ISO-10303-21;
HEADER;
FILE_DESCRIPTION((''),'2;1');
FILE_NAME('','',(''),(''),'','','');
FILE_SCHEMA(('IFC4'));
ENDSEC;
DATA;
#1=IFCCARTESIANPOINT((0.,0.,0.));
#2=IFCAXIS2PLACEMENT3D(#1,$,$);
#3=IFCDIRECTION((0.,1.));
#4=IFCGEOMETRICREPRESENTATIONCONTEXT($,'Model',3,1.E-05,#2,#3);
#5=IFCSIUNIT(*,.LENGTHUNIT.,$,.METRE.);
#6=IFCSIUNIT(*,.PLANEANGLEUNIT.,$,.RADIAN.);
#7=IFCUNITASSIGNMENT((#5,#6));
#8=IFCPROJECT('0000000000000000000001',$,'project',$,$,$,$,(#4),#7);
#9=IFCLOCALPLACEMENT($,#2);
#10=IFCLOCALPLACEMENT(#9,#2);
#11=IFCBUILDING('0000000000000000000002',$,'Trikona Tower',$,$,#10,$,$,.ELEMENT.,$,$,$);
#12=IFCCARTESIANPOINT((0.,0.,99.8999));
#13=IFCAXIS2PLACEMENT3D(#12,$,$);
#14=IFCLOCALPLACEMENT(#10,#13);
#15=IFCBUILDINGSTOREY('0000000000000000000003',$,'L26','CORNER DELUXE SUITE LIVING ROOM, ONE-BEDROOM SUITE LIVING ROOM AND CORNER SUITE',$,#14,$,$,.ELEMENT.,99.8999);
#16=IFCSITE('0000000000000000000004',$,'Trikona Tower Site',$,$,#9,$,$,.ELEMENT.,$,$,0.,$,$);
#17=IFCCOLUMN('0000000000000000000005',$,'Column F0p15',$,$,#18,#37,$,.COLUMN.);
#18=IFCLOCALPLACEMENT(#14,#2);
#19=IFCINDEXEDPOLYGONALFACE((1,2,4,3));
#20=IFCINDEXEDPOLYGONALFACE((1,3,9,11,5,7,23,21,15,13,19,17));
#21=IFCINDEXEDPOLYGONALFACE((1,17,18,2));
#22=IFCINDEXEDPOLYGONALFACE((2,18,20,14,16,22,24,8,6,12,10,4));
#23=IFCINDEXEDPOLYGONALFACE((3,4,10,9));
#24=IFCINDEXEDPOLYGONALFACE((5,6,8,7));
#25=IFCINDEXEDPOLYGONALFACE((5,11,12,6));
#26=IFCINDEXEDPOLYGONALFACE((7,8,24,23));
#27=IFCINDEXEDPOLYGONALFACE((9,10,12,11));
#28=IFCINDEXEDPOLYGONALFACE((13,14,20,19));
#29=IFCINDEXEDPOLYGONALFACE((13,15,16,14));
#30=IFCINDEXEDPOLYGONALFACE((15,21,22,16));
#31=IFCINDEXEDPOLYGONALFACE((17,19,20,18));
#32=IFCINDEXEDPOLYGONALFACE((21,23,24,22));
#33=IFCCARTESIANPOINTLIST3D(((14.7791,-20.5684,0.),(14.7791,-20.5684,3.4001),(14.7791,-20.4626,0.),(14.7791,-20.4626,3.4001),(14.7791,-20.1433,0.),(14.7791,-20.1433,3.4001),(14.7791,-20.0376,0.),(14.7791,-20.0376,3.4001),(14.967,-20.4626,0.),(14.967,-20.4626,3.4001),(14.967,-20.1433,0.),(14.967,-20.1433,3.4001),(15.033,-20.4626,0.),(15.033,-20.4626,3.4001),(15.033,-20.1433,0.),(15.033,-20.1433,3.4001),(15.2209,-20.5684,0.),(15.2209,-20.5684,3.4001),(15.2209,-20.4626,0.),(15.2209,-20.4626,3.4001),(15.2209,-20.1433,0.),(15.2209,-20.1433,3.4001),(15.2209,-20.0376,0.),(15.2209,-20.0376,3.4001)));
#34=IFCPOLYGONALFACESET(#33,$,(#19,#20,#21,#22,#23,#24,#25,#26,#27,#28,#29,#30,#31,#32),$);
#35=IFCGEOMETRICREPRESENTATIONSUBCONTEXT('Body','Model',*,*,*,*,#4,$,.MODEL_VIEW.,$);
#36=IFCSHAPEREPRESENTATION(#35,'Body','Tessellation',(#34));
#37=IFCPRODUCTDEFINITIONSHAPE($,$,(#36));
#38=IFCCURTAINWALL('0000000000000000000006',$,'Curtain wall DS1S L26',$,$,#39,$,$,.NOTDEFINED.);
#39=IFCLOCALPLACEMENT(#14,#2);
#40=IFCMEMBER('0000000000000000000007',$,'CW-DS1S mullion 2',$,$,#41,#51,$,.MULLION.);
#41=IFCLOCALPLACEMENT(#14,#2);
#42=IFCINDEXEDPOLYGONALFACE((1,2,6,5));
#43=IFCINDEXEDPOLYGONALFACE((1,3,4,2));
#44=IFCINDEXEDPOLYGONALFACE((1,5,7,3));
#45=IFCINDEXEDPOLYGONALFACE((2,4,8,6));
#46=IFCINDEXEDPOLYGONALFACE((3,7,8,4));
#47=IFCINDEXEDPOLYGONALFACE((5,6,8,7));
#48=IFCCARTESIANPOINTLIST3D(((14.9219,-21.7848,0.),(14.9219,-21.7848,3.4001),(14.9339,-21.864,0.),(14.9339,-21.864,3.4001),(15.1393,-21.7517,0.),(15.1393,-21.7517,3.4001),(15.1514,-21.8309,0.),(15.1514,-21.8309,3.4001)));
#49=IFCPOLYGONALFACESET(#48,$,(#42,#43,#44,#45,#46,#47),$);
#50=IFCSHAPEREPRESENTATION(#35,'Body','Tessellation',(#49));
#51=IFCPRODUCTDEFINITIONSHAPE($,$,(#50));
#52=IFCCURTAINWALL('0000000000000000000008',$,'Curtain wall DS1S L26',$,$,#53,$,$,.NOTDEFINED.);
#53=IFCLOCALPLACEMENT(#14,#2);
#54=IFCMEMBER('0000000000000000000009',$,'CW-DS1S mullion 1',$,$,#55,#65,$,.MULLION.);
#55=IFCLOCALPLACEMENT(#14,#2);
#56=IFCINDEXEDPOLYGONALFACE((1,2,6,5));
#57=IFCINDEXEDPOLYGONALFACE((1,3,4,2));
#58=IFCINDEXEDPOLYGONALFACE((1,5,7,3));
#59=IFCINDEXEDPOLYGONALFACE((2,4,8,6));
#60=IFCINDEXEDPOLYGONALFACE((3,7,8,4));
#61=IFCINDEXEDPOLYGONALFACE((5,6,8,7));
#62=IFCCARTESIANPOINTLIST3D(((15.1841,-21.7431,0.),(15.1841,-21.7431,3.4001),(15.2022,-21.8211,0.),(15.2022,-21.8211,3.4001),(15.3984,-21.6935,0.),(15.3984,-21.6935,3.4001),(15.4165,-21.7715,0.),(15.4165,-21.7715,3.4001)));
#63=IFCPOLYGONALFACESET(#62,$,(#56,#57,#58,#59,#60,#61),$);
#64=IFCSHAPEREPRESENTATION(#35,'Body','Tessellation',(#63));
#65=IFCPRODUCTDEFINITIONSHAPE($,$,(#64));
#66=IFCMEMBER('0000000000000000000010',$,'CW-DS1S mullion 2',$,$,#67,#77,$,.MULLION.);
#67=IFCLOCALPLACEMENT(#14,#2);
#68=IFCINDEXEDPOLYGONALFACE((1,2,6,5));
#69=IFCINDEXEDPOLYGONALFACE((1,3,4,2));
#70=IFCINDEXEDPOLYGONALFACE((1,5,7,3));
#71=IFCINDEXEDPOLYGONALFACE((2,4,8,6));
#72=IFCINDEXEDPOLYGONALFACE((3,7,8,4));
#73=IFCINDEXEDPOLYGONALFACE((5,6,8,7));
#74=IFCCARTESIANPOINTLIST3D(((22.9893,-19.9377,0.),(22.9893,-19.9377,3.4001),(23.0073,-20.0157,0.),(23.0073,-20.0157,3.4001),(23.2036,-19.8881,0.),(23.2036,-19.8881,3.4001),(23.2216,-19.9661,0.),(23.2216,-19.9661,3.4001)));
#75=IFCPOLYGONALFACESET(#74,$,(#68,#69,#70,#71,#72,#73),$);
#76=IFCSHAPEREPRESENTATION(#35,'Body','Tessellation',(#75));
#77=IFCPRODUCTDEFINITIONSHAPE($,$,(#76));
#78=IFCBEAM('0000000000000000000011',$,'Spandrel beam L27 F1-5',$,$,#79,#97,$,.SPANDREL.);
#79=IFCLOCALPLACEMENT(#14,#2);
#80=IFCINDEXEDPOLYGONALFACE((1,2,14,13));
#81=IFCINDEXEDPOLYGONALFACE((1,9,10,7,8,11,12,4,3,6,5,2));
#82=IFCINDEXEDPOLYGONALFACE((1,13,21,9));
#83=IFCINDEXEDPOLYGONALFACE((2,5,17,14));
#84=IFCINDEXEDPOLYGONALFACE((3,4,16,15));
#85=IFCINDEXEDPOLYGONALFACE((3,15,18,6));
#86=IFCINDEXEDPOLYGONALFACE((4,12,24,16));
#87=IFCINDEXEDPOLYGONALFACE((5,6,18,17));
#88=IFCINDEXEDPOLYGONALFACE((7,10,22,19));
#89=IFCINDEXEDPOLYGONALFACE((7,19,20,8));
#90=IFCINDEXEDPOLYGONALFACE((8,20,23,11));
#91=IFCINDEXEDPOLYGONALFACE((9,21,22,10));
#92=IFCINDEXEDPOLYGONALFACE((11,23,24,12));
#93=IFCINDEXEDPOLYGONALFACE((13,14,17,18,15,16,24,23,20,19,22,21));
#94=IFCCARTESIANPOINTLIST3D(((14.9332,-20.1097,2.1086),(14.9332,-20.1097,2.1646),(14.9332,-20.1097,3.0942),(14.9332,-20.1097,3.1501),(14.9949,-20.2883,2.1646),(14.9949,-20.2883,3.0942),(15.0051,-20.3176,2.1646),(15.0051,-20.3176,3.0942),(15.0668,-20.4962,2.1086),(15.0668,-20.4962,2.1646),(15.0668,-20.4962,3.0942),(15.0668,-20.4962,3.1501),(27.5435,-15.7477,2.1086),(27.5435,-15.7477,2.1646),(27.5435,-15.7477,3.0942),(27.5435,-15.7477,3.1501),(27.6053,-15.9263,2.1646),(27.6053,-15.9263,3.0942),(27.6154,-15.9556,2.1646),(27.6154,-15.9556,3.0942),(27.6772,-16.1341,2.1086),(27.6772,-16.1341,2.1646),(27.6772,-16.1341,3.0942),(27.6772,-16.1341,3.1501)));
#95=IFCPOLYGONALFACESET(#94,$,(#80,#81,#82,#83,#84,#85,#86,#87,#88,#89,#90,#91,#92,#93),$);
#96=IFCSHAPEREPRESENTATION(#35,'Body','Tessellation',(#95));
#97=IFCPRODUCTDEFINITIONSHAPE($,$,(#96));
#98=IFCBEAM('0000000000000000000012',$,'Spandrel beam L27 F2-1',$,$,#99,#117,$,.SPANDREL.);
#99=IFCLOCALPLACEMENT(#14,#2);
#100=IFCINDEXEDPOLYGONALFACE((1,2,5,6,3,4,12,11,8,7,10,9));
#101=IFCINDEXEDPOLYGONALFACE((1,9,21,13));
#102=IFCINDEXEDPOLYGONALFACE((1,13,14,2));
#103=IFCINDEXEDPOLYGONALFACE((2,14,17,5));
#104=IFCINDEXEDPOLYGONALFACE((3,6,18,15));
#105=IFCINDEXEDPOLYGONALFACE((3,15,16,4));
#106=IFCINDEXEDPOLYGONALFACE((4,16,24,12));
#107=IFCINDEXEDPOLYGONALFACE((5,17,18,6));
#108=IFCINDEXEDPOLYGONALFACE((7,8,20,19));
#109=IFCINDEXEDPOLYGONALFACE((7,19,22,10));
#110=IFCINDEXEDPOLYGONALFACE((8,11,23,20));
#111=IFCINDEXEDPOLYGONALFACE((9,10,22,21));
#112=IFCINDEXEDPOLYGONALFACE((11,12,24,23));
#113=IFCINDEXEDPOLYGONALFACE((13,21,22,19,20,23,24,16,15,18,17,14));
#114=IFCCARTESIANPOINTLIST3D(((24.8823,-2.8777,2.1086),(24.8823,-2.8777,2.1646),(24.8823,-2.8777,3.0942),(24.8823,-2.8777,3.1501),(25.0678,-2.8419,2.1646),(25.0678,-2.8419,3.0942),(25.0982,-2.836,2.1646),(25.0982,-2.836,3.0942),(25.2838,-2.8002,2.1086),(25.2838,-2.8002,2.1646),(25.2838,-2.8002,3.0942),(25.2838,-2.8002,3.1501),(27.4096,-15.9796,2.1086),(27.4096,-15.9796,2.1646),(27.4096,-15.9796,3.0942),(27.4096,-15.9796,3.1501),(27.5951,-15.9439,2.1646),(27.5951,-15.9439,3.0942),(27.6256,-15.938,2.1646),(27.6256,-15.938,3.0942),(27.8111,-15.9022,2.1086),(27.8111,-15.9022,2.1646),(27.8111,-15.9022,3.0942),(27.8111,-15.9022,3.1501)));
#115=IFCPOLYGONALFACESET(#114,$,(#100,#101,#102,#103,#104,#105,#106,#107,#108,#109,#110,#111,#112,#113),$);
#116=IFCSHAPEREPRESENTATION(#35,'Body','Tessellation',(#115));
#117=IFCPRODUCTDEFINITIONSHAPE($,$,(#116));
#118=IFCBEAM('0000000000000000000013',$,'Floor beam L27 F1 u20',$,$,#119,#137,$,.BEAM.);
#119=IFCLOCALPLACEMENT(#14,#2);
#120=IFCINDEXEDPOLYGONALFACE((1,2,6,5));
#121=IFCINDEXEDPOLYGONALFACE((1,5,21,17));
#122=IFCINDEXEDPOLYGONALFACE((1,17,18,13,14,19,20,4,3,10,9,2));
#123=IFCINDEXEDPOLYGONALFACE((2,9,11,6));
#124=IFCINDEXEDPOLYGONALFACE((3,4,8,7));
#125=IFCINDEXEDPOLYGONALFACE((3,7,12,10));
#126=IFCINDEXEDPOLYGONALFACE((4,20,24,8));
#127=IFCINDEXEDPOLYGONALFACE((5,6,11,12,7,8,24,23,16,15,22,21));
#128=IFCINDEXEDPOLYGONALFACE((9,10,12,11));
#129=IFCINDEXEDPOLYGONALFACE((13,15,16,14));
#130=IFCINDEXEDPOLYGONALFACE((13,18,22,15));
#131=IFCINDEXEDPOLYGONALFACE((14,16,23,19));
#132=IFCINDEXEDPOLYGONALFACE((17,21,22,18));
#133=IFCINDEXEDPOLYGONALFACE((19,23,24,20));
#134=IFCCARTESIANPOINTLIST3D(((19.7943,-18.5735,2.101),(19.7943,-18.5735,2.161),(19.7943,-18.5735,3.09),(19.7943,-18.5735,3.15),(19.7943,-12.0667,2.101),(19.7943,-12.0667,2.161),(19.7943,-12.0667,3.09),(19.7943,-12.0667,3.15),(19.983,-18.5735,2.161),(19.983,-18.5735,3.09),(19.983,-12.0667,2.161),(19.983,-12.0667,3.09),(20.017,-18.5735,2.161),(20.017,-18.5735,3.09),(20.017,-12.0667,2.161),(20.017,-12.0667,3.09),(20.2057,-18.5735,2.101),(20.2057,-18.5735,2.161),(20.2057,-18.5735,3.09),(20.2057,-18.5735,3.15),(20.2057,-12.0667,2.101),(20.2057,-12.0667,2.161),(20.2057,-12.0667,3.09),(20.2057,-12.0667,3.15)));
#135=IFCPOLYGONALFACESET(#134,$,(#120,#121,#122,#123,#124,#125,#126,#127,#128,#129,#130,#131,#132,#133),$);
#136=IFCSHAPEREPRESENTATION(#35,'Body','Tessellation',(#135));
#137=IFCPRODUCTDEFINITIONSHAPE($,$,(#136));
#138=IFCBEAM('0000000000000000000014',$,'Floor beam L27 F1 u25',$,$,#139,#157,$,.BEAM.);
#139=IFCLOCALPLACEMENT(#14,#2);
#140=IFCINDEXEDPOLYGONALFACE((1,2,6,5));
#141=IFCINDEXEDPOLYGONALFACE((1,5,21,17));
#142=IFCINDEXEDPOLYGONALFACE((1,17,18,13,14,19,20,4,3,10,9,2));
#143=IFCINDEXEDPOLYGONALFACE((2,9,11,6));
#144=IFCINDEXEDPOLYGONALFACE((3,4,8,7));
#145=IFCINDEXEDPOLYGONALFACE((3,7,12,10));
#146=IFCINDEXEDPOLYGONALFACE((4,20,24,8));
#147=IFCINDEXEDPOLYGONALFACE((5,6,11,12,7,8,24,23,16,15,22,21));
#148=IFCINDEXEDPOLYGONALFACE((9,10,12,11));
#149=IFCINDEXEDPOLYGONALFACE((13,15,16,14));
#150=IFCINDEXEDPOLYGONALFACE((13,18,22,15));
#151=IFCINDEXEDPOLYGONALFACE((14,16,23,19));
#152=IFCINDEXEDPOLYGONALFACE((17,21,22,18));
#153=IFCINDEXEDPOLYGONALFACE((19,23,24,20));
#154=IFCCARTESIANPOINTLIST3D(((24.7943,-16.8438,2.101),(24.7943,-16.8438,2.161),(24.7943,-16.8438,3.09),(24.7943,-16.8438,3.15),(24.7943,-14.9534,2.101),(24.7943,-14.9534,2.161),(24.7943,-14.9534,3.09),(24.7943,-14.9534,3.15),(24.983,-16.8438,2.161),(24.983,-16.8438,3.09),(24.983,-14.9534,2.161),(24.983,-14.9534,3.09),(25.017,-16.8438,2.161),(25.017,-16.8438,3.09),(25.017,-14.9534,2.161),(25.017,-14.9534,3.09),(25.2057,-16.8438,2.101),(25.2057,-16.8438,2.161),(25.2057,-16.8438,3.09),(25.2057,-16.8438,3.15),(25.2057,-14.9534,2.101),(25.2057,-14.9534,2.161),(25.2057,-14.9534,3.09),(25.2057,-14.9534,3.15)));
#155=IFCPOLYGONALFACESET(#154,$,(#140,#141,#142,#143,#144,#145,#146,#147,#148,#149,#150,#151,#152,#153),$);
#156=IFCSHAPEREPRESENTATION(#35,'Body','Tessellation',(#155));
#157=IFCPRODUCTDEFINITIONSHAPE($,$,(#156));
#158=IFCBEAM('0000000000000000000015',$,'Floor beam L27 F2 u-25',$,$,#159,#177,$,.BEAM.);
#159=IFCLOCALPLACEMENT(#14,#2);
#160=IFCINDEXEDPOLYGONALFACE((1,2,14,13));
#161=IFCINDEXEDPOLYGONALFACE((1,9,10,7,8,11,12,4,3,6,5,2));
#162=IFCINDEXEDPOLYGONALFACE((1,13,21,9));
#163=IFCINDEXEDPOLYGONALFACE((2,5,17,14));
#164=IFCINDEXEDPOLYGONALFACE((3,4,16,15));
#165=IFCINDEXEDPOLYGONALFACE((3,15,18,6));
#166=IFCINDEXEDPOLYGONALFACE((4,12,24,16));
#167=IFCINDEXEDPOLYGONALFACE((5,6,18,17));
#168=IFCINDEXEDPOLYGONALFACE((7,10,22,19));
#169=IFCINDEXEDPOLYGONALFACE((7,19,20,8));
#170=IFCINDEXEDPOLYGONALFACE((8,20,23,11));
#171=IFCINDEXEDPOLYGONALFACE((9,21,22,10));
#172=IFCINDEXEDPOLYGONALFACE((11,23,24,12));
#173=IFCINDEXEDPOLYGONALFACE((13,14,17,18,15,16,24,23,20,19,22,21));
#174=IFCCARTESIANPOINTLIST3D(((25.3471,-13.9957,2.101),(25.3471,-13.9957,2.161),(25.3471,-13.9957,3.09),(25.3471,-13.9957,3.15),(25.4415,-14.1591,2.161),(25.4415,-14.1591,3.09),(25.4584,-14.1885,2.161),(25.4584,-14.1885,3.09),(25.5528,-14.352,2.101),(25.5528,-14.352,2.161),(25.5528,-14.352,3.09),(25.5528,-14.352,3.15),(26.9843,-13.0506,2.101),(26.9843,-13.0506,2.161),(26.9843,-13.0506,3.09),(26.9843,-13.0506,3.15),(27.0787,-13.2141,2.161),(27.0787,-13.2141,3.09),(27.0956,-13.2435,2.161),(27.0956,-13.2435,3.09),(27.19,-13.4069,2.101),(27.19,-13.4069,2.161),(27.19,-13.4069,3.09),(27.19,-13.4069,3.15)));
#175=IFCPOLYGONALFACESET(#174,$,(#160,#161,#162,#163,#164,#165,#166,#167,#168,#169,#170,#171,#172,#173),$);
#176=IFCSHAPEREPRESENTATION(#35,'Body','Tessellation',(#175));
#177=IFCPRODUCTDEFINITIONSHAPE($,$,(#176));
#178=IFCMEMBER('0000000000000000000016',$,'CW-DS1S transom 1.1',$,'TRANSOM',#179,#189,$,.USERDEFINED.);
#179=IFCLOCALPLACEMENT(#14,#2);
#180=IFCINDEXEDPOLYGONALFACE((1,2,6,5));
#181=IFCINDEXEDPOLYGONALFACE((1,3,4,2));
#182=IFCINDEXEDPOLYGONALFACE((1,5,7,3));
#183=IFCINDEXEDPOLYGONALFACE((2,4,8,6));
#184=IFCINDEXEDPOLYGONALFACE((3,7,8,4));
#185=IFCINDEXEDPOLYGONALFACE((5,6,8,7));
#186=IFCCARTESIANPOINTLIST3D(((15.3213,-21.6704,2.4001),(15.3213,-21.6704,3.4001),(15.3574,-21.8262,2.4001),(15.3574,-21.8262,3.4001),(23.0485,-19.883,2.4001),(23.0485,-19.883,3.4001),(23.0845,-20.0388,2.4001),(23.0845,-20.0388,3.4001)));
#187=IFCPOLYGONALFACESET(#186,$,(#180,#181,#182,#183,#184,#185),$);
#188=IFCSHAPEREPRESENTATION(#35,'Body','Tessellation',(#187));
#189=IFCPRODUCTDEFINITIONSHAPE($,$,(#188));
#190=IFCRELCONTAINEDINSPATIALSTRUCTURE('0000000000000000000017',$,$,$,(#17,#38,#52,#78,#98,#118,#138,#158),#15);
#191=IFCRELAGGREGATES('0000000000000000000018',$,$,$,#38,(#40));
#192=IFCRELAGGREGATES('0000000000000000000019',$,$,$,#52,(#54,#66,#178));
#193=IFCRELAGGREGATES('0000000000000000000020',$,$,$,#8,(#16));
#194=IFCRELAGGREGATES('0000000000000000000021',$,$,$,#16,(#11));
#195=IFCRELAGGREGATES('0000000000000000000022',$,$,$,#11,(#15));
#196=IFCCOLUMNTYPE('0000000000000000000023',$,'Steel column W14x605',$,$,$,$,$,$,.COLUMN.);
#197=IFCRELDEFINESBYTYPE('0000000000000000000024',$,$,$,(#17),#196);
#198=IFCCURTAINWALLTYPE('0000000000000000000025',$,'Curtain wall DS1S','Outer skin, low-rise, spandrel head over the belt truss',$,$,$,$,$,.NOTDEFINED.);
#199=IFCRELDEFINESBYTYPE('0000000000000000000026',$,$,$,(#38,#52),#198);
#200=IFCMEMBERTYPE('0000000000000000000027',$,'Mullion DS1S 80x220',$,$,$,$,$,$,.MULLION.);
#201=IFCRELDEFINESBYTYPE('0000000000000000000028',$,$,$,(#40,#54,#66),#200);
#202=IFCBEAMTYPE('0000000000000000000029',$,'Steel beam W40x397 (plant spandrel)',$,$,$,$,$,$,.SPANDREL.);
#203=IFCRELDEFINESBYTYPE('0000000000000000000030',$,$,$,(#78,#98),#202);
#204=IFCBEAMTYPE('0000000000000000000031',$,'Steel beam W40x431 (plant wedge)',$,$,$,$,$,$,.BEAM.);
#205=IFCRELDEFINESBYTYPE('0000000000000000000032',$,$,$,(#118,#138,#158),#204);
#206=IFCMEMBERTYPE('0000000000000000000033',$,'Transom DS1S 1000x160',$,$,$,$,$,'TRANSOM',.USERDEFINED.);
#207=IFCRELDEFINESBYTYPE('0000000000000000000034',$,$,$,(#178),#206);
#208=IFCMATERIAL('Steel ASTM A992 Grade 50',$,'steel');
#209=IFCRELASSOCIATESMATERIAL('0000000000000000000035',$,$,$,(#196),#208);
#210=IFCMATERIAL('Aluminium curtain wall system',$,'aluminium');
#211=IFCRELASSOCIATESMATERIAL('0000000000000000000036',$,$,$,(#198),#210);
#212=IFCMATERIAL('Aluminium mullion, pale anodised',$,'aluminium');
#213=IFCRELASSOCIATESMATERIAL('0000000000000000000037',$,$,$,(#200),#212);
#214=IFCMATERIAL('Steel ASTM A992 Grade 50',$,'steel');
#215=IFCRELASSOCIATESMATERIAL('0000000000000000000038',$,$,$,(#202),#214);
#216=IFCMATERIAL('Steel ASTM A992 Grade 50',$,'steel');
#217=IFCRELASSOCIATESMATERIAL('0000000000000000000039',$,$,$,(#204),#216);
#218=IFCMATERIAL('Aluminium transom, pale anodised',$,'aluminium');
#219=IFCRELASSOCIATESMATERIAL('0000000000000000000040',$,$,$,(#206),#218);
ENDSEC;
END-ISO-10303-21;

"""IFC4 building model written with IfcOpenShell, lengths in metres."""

from ifc_helpers import new_model, si_unit, direction, frame, origin, origin_2d, place, context, subcontext, project, spatial, rectangle, i_section, extrude, material, material_profile, profile_set, type_object, element, aggregate, save


model = new_model("IFC4")

# Units and contexts
model_context = context("Model", 3, precision=1e-05, world=origin(), true_north=direction((0.0, 1.0)))
body_context = subcontext(model_context, "Body", "Model", "MODEL_VIEW")
ifc_project = project(units=[si_unit("LENGTHUNIT", "METRE"), si_unit("PLANEANGLEUNIT", "RADIAN")], contexts=[model_context])

# Site, building, storey
site_placement = place(None, origin())
site = spatial("IfcSite", under=ifc_project, at=site_placement, Name="Trikona Tower Site", CompositionType="ELEMENT", RefElevation=0.0)
building_placement = place(site_placement, origin())
building = spatial("IfcBuilding", under=site, at=building_placement, Name="Trikona Tower", CompositionType="ELEMENT")
storey_placement = place(building_placement, frame((0.0, 0.0, 99.8999)))
storey = spatial("IfcBuildingStorey", under=building, at=storey_placement, Name="L26", Description="CORNER DELUXE SUITE LIVING ROOM, ONE-BEDROOM SUITE LIVING ROOM AND CORNER SUITE", CompositionType="ELEMENT", Elevation=99.8999)

# Column
ifc_material_1 = material(Name="Steel ASTM A992 Grade 50", Category="steel")
ifc_material_profile_1 = material_profile(ifc_material_1, i_section(OverallWidth=0.4419, OverallDepth=0.5308, WebThickness=0.0659, FlangeThickness=0.1057, at=origin_2d()), Name="W14X605")
ifc_profile_set_1 = profile_set([ifc_material_profile_1], Name="Steel ASTM A992 Grade 50")
column_type = type_object("IfcColumnType", Name="Steel column W14x605", PredefinedType="COLUMN", material=ifc_profile_set_1)
column_placement = place(storey_placement, frame((15.0, -20.303, 0.0), z_axis=(0.0, 0.0, 1.0), x_axis=(1.0, 0.0, 0.0)))
element("IfcColumn", 1, at=column_placement, inside=storey, type_object=column_type, Name="Column F0p15", PredefinedType="COLUMN", context=body_context, shape_type="SweptSolid", body=[
    extrude(i_section(OverallWidth=0.4419, OverallDepth=0.5308, WebThickness=0.0659, FlangeThickness=0.1057, at=origin_2d()), origin(), (0.0, 0.0, 1.0), 3.4001),
])

# Curtain wall, member
ifc_material_2 = material(Name="Aluminium curtain wall system", Category="aluminium")
curtain_wall_type = type_object("IfcCurtainWallType", Name="Curtain wall DS1S", Description="Outer skin, low-rise, spandrel head over the belt truss", PredefinedType="NOTDEFINED", material=ifc_material_2)
curtain_wall_1_placement = place(storey_placement, origin())
curtain_wall_1 = element("IfcCurtainWall", 2, at=curtain_wall_1_placement, inside=storey, type_object=curtain_wall_type, Name="Curtain wall DS1S L26", PredefinedType="NOTDEFINED")
ifc_material_3 = material(Name="Aluminium mullion, pale anodised", Category="aluminium")
ifc_material_profile_2 = material_profile(ifc_material_3, rectangle(XDim=0.0801, YDim=0.22, at=origin_2d()), Name="MUL-DS1S")
ifc_profile_set_2 = profile_set([ifc_material_profile_2], Name="Aluminium mullion, pale anodised")
member_type_1 = type_object("IfcMemberType", Name="Mullion DS1S 80x220", PredefinedType="MULLION", material=ifc_profile_set_2)
member_1_placement = place(storey_placement, frame((15.0366, -21.8079, 0.0), z_axis=(0.0, 0.0, 1.0), x_axis=(-0.150438, 0.988619, 0.0)))
member_1 = element("IfcMember", 3, at=member_1_placement, type_object=member_type_1, Name="CW-DS1S mullion 2", PredefinedType="MULLION", context=body_context, shape_type="SweptSolid", body=[
    extrude(rectangle(XDim=0.0801, YDim=0.22, at=origin_2d()), origin(), (0.0, 0.0, 1.0), 3.4001),
])
aggregate(curtain_wall_1, [member_1])

# Curtain wall, members
curtain_wall_2_placement = place(storey_placement, origin())
curtain_wall_2 = element("IfcCurtainWall", 4, at=curtain_wall_2_placement, inside=storey, type_object=curtain_wall_type, Name="Curtain wall DS1S L26", PredefinedType="NOTDEFINED")
member_2_placement = place(storey_placement, frame((15.3003, -21.7573, 0.0), z_axis=(0.0, 0.0, 1.0), x_axis=(-0.225343, 0.974279, 0.0)))
member_2 = element("IfcMember", 5, at=member_2_placement, type_object=member_type_1, Name="CW-DS1S mullion 1", PredefinedType="MULLION", context=body_context, shape_type="SweptSolid", body=[
    extrude(rectangle(XDim=0.0801, YDim=0.22, at=origin_2d()), origin(), (0.0, 0.0, 1.0), 3.4001),
])
member_3_placement = place(storey_placement, frame((23.1055, -19.9519, 0.0), z_axis=(0.0, 0.0, 1.0), x_axis=(-0.225343, 0.974279, 0.0)))
member_3 = element("IfcMember", 6, at=member_3_placement, type_object=member_type_1, Name="CW-DS1S mullion 2", PredefinedType="MULLION", context=body_context, shape_type="SweptSolid", body=[
    extrude(rectangle(XDim=0.0801, YDim=0.22, at=origin_2d()), origin(), (0.0, 0.0, 1.0), 3.4001),
])

# Beams
ifc_material_4 = material(Name="Steel ASTM A992 Grade 50", Category="steel")
ifc_material_profile_3 = material_profile(ifc_material_4, i_section(OverallWidth=0.4089, OverallDepth=1.0415, WebThickness=0.031, FlangeThickness=0.0559, at=origin_2d()), Name="W40X397")
ifc_profile_set_3 = profile_set([ifc_material_profile_3], Name="Steel ASTM A992 Grade 50")
beam_type_1 = type_object("IfcBeamType", Name="Steel beam W40x397 (plant spandrel)", PredefinedType="SPANDREL", material=ifc_profile_set_3)
for number, where, z_axis, x_axis, name in (
    (7, (15.0, -20.303, 2.6294), (0.945057, 0.326906, 0.0), (-0.326906, 0.945057, 0.0), "Spandrel beam L27 F1-5"),
    (8, (27.6104, -15.9409, 2.6294), (-0.189405, 0.981899, 0.0), (-0.981899, -0.189405, 0.0), "Spandrel beam L27 F2-1"),
):
    element("IfcBeam", number, at=place(storey_placement, frame(where, z_axis=z_axis, x_axis=x_axis)), inside=storey, type_object=beam_type_1, Name=name, PredefinedType="SPANDREL", context=body_context, shape_type="SweptSolid", body=[
        extrude(i_section(OverallWidth=0.4089, OverallDepth=1.0415, WebThickness=0.031, FlangeThickness=0.0559, at=origin_2d()), origin(), (0.0, 0.0, 1.0), 13.3435),
    ])
ifc_material_5 = material(Name="Steel ASTM A992 Grade 50", Category="steel")
ifc_material_profile_4 = material_profile(ifc_material_5, i_section(OverallWidth=0.4114, OverallDepth=1.0491, WebThickness=0.0339, FlangeThickness=0.0601, at=origin_2d()), Name="W40X431")
ifc_profile_set_4 = profile_set([ifc_material_profile_4], Name="Steel ASTM A992 Grade 50")
beam_type_2 = type_object("IfcBeamType", Name="Steel beam W40x431 (plant wedge)", PredefinedType="BEAM", material=ifc_profile_set_4)
beam_placement = place(storey_placement, frame((20.0, -12.0667, 2.6255), z_axis=(0.0, -1.0, 0.0), x_axis=(1.0, 0.0, 0.0)))
element("IfcBeam", 9, at=beam_placement, inside=storey, type_object=beam_type_2, Name="Floor beam L27 F1 u20", PredefinedType="BEAM", context=body_context, shape_type="SweptSolid", body=[
    extrude(i_section(OverallWidth=0.4114, OverallDepth=1.0491, WebThickness=0.0339, FlangeThickness=0.0601, at=origin_2d()), origin(), (0.0, 0.0, 1.0), 6.5068),
])
for number, where, z_axis, x_axis, name in (
    (10, (25.0, -14.9534, 2.6255), (0.0, -1.0, 0.0), (1.0, 0.0, 0.0), "Floor beam L27 F1 u25"),
    (11, (25.45, -14.1738, 2.6255), (0.866065, 0.499931, 0.0), (-0.499931, 0.866065, 0.0), "Floor beam L27 F2 u-25"),
):
    element("IfcBeam", number, at=place(storey_placement, frame(where, z_axis=z_axis, x_axis=x_axis)), inside=storey, type_object=beam_type_2, Name=name, PredefinedType="BEAM", context=body_context, shape_type="SweptSolid", body=[
        extrude(i_section(OverallWidth=0.4114, OverallDepth=1.0491, WebThickness=0.0339, FlangeThickness=0.0601, at=origin_2d()), origin(), (0.0, 0.0, 1.0), 1.8904),
    ])

# Member
ifc_material_6 = material(Name="Aluminium transom, pale anodised", Category="aluminium")
ifc_material_profile_5 = material_profile(ifc_material_6, rectangle(XDim=0.1599, YDim=1.0, at=origin_2d()), Name="TRN-DS1S")
ifc_profile_set_5 = profile_set([ifc_material_profile_5], Name="Aluminium transom, pale anodised")
member_type_2 = type_object("IfcMemberType", Name="Transom DS1S 1000x160", ElementType="TRANSOM", PredefinedType="USERDEFINED", material=ifc_profile_set_5)
member_4_placement = place(storey_placement, frame((15.3394, -21.7483, 2.9001), z_axis=(0.974275, 0.225361, 0.0), x_axis=(-0.225361, 0.974275, 0.0)))
member_4 = element("IfcMember", 12, at=member_4_placement, type_object=member_type_2, Name="CW-DS1S transom 1.1", ObjectType="TRANSOM", PredefinedType="USERDEFINED", context=body_context, shape_type="SweptSolid", body=[
    extrude(rectangle(XDim=0.1599, YDim=1.0, at=origin_2d()), origin(), (0.0, 0.0, 1.0), 7.9312),
])

aggregate(curtain_wall_2, [member_2, member_3, member_4])

save(model, "model.ifc")
